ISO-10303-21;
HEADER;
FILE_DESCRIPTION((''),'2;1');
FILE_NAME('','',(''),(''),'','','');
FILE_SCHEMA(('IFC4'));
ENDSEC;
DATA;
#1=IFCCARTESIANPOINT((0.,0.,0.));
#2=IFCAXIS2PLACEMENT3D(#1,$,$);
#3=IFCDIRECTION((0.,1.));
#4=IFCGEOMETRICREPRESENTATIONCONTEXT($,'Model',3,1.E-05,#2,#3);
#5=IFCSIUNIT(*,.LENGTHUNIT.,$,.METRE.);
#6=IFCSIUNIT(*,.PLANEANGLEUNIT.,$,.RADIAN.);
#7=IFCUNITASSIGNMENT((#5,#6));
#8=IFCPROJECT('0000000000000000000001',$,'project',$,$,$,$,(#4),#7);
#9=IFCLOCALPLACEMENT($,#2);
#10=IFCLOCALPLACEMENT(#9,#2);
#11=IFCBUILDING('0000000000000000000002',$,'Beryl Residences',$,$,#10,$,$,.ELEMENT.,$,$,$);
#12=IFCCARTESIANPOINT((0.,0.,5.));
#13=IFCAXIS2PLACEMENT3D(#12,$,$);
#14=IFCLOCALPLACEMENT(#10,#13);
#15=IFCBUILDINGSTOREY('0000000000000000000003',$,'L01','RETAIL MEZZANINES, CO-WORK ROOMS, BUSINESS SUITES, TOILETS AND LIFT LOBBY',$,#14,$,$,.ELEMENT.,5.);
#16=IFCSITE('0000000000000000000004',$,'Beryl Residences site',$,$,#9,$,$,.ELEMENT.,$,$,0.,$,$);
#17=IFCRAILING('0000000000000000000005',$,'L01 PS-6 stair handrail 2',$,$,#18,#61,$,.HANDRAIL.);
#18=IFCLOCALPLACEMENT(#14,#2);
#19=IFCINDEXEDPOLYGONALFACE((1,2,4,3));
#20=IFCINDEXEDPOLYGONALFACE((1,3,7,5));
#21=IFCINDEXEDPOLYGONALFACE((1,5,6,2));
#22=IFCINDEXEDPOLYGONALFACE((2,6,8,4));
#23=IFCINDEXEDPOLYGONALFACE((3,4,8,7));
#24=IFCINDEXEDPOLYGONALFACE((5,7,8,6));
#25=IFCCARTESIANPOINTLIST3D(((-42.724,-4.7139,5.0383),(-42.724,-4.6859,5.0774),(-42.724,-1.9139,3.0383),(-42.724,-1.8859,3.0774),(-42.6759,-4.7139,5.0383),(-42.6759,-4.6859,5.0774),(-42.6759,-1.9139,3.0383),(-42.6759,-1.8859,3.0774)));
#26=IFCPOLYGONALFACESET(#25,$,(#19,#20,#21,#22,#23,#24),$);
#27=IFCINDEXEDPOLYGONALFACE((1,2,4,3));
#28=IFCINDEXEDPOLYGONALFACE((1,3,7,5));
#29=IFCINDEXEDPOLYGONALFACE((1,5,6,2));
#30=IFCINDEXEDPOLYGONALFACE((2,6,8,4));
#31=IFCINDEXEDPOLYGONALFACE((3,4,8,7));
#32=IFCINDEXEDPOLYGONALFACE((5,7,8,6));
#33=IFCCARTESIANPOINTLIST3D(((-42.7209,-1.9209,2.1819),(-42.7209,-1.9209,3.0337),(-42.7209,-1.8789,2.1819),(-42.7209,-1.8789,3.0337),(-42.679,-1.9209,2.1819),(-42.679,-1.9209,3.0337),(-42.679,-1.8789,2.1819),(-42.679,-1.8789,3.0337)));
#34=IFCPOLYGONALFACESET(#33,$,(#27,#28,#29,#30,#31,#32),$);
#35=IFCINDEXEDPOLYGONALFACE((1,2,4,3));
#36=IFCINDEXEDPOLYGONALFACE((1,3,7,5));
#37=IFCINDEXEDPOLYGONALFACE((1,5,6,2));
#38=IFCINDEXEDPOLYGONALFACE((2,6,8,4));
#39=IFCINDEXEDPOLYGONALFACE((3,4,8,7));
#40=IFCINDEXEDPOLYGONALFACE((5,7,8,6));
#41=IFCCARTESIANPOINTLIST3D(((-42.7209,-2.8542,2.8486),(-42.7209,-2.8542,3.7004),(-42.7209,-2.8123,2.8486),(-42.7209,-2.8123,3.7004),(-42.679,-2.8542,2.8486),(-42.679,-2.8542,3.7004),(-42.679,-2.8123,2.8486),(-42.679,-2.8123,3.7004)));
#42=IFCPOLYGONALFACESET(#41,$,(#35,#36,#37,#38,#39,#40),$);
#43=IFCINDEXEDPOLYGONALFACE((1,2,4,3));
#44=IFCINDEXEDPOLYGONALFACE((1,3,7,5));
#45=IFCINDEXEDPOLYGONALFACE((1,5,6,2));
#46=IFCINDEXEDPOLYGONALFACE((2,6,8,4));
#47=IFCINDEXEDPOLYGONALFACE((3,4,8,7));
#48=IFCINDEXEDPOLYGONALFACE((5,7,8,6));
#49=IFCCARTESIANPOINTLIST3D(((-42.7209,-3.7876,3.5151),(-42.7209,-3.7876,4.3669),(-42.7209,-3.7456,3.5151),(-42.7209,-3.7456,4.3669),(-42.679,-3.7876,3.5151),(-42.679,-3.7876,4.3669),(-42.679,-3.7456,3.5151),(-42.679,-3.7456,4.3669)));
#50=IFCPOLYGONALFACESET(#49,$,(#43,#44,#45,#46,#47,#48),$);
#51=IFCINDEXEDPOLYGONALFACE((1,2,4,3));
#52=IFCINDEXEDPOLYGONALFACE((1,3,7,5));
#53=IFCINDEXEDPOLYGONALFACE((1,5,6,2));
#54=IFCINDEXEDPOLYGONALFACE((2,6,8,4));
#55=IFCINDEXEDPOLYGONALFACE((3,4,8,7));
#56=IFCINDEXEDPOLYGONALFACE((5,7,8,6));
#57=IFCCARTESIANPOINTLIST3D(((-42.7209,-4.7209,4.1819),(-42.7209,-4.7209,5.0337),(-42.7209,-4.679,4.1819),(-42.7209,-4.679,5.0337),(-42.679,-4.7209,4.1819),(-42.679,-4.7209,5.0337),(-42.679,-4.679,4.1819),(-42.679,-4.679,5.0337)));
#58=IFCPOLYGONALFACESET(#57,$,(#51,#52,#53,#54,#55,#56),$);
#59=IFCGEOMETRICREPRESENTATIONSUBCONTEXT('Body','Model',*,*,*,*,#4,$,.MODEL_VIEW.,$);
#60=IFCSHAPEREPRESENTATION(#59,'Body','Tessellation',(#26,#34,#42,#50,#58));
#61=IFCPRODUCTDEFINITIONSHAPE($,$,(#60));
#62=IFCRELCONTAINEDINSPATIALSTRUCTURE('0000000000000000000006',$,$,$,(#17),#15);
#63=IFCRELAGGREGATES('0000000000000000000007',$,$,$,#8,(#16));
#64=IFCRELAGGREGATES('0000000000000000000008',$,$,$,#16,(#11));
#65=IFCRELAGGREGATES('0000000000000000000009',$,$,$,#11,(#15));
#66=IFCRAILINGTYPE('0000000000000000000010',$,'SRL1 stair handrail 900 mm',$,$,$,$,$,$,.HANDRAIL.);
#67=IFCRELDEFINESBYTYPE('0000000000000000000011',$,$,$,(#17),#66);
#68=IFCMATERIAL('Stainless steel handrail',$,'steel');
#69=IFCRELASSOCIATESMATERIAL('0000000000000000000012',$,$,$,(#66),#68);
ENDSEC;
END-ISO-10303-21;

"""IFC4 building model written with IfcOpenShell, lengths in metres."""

from ifc_helpers import new_model, si_unit, direction, frame, origin, origin_2d, place, context, subcontext, project, spatial, rectangle, extrude, material, type_object, element, save


model = new_model("IFC4")

# Units and contexts
model_context = context("Model", 3, precision=1e-05, world=origin(), true_north=direction((0.0, 1.0)))
body_context = subcontext(model_context, "Body", "Model", "MODEL_VIEW")
ifc_project = project(units=[si_unit("LENGTHUNIT", "METRE"), si_unit("PLANEANGLEUNIT", "RADIAN")], contexts=[model_context])

# Site, building, storey
site_placement = place(None, origin())
site = spatial("IfcSite", under=ifc_project, at=site_placement, Name="Beryl Residences site", CompositionType="ELEMENT", RefElevation=0.0)
building_placement = place(site_placement, origin())
building = spatial("IfcBuilding", under=site, at=building_placement, Name="Beryl Residences", CompositionType="ELEMENT")
storey_placement = place(building_placement, frame((0.0, 0.0, 5.0)))
storey = spatial("IfcBuildingStorey", under=building, at=storey_placement, Name="L01", Description="RETAIL MEZZANINES, CO-WORK ROOMS, BUSINESS SUITES, TOILETS AND LIFT LOBBY", CompositionType="ELEMENT", Elevation=5.0)

# Railing
ifc_material_1 = material(Name="Stainless steel handrail", Category="steel")
railing_type_1 = type_object("IfcRailingType", Name="SRL1 stair handrail 900 mm", PredefinedType="HANDRAIL", material=ifc_material_1)
railing_1_placement = place(storey_placement, frame((-42.7, -1.8999, 2.1819)))
element("IfcRailing", 1, at=railing_1_placement, inside=storey, type_object=railing_type_1, Name="L01 PS-6 stair handrail 2", PredefinedType="HANDRAIL", context=body_context, shape_type="SweptSolid", body=[
    extrude(rectangle(XDim=0.0481, YDim=0.0481, at=origin_2d()), frame((0.0, 0.0, 0.876), z_axis=(0.0, -0.813738, 0.581231), x_axis=(1.0, 0.0, 0.0)), (0.0, 0.0, 1.0), 3.4409),
    extrude(rectangle(XDim=0.042, YDim=0.042, at=origin_2d()), origin(), (0.0, 0.0, 1.0), 0.8518),
    extrude(rectangle(XDim=0.042, YDim=0.042, at=origin_2d()), frame((0.0, -0.9333, 0.6667)), (0.0, 0.0, 1.0), 0.8518),
    extrude(rectangle(XDim=0.042, YDim=0.042, at=origin_2d()), frame((0.0, -1.8667, 1.3333)), (0.0, 0.0, 1.0), 0.8518),
    extrude(rectangle(XDim=0.042, YDim=0.042, at=origin_2d()), frame((0.0, -2.8, 2.0)), (0.0, 0.0, 1.0), 0.8518),
])

save(model, "model.ifc")
